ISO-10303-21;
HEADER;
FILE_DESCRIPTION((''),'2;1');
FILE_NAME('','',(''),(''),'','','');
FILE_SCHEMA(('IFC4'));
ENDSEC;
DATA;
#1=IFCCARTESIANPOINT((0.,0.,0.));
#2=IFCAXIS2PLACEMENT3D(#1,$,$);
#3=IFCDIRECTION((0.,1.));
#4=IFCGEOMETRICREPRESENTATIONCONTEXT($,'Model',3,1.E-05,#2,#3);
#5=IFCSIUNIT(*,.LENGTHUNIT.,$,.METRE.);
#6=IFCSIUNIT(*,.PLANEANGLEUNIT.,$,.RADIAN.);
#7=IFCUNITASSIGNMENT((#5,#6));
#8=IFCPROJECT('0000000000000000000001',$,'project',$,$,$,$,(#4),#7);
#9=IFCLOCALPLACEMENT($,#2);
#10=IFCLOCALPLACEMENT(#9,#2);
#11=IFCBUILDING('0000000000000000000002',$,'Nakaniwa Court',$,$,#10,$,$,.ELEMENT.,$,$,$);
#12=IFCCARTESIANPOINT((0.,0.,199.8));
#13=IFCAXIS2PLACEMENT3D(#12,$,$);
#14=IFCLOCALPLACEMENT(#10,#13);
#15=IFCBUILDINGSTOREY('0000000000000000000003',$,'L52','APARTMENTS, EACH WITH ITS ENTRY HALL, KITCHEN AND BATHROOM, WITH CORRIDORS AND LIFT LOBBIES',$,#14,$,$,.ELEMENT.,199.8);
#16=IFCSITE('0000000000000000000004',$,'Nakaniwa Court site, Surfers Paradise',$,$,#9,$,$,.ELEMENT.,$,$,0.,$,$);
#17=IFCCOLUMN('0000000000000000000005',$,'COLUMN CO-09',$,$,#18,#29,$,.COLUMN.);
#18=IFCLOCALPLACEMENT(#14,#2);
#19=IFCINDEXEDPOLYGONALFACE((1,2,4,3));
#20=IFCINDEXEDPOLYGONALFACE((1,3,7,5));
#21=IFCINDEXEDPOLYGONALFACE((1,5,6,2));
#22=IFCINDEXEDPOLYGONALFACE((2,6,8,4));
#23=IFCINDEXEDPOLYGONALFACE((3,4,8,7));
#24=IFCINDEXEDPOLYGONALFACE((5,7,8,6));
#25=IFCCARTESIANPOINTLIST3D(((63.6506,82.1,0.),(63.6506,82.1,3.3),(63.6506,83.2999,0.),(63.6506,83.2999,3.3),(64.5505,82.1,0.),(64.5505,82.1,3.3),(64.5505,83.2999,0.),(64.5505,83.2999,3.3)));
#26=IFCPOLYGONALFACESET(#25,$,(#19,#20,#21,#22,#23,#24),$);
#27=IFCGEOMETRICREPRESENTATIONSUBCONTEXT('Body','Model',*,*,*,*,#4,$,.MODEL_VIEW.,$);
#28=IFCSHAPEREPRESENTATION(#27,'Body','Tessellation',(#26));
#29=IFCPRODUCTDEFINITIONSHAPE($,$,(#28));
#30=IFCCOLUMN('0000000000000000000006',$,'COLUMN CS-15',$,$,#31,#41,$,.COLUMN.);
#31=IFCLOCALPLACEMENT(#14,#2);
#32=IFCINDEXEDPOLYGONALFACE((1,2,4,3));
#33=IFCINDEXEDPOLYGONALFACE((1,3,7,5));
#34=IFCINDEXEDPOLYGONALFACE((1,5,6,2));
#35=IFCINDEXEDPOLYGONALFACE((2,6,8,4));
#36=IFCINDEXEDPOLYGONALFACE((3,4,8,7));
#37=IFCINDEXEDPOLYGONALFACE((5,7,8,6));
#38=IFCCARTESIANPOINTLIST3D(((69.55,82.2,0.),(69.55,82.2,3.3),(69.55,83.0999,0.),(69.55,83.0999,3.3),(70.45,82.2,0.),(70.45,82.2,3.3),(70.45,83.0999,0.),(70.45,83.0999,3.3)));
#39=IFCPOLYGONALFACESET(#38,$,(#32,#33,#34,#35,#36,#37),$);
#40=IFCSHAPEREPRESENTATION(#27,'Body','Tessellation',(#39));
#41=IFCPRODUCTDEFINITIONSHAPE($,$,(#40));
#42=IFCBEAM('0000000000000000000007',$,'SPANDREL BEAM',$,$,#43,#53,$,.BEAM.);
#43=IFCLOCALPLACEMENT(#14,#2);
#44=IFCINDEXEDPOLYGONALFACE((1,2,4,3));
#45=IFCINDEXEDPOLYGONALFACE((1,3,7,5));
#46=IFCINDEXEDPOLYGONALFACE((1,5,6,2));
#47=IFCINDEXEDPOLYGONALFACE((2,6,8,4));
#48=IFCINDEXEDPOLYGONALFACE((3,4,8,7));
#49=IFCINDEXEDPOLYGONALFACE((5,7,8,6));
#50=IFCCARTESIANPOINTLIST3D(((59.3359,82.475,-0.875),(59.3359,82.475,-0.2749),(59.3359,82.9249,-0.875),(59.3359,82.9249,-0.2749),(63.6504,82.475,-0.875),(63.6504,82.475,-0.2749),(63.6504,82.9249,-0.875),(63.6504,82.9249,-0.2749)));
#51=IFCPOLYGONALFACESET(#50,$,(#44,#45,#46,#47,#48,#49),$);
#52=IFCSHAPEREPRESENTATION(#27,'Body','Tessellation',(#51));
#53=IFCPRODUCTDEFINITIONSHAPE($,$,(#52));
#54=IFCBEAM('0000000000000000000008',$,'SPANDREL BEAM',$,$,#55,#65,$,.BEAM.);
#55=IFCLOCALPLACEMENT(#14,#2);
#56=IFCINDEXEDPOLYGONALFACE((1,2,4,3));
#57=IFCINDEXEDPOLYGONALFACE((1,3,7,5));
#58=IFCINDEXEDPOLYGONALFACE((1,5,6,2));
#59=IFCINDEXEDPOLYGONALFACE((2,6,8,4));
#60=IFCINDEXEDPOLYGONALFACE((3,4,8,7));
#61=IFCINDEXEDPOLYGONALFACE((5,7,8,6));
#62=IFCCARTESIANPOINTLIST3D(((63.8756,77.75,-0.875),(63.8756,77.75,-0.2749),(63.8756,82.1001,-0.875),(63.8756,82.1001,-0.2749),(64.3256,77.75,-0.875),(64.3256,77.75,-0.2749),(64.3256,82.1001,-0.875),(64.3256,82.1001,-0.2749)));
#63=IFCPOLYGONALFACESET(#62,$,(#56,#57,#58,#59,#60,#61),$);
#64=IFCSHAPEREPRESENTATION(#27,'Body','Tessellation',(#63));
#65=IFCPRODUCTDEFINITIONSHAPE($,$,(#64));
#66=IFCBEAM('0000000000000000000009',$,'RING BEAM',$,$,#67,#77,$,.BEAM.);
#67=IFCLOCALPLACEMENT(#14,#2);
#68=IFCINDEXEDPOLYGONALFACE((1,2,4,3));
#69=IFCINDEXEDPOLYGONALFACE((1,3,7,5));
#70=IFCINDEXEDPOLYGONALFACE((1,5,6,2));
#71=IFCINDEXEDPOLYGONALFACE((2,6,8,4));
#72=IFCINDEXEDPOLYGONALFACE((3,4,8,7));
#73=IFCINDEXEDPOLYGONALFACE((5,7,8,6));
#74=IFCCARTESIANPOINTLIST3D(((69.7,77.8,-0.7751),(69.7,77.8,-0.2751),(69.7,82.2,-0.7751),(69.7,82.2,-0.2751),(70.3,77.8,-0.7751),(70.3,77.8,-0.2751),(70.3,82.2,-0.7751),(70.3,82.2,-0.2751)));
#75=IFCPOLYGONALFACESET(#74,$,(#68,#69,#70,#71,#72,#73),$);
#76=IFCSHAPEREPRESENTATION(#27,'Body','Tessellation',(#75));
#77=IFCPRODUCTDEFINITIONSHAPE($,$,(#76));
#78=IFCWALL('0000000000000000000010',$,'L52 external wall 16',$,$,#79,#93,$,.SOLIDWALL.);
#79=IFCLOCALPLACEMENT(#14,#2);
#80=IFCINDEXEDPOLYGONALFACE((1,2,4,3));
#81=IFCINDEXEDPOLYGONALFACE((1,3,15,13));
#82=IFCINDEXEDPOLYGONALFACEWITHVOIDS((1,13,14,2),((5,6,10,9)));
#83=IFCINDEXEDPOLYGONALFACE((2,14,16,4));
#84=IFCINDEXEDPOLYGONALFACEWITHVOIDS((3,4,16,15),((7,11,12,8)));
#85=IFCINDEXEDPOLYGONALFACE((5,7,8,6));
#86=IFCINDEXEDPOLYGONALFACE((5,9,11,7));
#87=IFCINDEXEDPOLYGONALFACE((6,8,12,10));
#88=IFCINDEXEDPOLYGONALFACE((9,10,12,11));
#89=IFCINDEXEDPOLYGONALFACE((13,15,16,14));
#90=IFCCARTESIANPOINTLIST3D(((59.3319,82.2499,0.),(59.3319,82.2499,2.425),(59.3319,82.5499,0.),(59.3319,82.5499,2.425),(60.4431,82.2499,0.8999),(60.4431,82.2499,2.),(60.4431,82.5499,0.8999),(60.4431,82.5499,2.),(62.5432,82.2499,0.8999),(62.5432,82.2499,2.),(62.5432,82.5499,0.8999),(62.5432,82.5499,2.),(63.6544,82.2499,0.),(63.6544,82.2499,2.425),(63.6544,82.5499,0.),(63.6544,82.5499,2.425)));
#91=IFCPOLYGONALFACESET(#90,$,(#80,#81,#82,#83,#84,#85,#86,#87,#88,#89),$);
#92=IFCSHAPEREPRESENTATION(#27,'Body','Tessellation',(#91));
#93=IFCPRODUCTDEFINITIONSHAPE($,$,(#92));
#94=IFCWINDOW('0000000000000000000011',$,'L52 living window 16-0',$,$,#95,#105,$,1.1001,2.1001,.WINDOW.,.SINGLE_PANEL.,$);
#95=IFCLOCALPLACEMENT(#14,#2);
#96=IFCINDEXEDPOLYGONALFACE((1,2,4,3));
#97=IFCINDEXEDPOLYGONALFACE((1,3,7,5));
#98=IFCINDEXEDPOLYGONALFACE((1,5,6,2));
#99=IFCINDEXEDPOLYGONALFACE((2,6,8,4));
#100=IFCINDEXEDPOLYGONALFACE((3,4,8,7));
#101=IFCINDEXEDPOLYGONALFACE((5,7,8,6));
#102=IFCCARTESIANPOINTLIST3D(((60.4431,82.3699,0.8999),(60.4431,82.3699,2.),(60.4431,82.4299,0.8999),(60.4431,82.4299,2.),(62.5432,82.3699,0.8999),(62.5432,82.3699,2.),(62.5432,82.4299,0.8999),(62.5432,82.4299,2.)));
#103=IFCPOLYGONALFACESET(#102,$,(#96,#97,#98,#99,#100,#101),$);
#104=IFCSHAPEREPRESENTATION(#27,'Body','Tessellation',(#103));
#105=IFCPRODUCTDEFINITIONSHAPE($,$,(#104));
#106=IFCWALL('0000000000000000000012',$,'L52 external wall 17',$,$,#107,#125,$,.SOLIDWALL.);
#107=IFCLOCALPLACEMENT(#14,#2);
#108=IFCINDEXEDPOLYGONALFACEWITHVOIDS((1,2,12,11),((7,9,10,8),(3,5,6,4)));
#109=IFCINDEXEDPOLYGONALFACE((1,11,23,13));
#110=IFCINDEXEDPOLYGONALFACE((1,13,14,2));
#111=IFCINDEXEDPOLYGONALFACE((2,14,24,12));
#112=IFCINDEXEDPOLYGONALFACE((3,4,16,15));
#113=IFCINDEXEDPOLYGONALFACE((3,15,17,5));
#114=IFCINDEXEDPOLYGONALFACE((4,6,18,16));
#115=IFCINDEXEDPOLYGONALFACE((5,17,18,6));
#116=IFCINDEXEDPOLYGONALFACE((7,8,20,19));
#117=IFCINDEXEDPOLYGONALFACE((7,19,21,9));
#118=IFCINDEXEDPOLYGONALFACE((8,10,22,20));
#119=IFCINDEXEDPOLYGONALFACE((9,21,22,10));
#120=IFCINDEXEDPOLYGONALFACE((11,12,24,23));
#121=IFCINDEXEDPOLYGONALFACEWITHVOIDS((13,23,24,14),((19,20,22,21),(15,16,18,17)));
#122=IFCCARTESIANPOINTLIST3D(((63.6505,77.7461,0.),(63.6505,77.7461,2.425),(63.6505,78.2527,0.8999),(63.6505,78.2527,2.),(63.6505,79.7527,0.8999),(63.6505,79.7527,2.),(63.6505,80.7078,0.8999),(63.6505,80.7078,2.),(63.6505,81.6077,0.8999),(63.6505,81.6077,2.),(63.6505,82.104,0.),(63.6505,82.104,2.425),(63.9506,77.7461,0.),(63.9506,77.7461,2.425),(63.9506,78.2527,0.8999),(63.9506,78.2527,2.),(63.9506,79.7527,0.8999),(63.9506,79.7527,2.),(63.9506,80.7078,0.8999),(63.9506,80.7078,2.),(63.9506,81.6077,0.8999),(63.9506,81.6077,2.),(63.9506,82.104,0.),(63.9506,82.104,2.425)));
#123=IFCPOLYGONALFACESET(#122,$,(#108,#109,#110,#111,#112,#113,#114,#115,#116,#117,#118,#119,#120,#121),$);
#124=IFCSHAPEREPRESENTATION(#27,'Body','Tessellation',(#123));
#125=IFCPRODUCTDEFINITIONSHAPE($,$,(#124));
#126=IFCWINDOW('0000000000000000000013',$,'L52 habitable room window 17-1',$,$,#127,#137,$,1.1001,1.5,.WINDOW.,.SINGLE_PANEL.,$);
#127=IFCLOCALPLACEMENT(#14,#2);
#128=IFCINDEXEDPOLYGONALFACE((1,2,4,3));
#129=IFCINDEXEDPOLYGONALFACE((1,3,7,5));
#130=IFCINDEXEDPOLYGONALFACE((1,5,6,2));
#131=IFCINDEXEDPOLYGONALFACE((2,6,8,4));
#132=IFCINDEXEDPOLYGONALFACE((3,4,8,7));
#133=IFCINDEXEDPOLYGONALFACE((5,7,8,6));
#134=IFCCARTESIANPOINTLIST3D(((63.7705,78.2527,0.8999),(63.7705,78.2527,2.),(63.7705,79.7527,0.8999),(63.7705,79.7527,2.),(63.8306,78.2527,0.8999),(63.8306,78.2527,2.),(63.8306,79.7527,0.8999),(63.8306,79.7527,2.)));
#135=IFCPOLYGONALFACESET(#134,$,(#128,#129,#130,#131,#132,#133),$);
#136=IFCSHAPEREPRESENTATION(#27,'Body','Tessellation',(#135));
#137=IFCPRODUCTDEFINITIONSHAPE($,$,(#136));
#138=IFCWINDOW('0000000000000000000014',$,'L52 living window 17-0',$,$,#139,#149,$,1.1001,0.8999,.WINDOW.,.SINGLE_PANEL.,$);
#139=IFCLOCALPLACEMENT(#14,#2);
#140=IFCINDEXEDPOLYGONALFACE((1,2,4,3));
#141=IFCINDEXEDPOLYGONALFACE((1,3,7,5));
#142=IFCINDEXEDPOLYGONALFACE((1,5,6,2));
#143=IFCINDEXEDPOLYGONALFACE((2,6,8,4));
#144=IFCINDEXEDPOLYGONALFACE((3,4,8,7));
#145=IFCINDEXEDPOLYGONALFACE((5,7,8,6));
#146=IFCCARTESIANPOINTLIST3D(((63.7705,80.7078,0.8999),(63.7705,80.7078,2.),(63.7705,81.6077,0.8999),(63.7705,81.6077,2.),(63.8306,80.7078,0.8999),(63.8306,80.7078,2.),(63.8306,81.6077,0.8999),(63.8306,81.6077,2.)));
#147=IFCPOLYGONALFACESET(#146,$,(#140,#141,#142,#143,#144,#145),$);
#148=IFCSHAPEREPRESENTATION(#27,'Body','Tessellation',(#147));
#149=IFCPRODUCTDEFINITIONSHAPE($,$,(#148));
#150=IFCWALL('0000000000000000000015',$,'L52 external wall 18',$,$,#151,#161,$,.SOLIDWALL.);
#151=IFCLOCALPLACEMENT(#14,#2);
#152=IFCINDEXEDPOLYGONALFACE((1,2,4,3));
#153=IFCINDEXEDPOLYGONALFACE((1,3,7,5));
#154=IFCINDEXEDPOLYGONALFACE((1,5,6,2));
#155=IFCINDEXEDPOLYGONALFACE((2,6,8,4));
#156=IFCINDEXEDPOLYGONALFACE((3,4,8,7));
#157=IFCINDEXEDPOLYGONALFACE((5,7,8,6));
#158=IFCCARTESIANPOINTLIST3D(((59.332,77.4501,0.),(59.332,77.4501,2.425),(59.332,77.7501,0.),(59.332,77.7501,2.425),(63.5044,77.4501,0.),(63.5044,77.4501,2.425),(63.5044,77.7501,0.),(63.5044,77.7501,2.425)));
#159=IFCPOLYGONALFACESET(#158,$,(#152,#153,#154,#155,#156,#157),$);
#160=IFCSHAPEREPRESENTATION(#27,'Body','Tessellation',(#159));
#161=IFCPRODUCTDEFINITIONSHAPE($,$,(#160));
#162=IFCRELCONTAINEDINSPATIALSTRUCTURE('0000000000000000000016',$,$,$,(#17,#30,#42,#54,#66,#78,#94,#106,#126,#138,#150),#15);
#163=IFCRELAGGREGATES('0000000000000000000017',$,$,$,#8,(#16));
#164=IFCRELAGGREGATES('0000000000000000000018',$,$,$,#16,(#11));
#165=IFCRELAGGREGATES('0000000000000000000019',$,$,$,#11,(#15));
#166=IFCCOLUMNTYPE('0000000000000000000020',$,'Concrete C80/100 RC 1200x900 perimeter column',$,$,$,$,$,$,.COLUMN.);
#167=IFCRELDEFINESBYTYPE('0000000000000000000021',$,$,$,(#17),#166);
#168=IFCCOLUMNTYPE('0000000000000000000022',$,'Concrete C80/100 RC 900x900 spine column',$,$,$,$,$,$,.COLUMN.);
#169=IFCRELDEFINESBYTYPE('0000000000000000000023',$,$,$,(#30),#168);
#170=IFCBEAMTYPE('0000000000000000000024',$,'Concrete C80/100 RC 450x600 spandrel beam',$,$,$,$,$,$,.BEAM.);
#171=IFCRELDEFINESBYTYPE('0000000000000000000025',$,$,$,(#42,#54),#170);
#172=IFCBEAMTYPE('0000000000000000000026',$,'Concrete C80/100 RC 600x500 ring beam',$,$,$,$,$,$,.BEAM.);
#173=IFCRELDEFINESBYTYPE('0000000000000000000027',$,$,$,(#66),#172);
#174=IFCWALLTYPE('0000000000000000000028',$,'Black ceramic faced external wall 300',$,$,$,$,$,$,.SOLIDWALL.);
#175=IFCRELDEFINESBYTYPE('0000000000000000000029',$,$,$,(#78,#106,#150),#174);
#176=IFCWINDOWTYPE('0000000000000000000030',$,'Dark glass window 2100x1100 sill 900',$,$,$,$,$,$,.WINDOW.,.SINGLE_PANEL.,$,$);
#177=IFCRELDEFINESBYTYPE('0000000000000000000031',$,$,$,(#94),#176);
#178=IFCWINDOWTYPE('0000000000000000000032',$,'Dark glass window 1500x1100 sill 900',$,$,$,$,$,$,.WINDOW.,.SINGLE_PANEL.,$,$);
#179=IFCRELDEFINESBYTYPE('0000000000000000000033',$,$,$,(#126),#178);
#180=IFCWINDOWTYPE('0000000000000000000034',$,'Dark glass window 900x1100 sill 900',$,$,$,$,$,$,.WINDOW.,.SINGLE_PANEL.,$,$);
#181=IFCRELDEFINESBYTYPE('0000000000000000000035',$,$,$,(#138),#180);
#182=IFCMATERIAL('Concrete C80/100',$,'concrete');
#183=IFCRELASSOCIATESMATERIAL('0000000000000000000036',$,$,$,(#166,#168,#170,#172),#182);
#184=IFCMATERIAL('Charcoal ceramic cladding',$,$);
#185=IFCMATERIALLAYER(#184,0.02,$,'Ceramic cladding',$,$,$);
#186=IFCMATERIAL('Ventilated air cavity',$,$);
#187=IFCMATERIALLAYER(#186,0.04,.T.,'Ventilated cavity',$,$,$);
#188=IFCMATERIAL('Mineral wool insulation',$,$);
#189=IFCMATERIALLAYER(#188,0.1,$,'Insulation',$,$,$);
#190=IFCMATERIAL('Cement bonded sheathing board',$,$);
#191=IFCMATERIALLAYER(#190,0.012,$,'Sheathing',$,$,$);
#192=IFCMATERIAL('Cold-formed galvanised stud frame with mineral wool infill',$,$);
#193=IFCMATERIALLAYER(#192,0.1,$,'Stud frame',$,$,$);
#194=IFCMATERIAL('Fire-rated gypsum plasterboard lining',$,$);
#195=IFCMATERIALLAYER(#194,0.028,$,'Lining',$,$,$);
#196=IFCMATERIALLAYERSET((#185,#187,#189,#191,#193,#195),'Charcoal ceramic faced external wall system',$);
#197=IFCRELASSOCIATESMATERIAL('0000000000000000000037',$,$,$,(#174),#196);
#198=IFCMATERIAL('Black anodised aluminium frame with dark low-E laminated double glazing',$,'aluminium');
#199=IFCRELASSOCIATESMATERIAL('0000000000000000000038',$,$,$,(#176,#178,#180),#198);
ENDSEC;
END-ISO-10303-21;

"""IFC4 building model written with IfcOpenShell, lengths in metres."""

from ifc_helpers import new_model, si_unit, direction, frame, frame_2d, origin, origin_2d, place, context, subcontext, project, spatial, rectangle, extrude, material, layer, layer_set, material_profile, profile_set, type_object, element, fill, save


model = new_model("IFC4")

# Units and contexts
model_context = context("Model", 3, precision=1e-05, world=origin(), true_north=direction((0.0, 1.0)))
body_context = subcontext(model_context, "Body", "Model", "MODEL_VIEW")
ifc_project = project(units=[si_unit("LENGTHUNIT", "METRE"), si_unit("PLANEANGLEUNIT", "RADIAN")], contexts=[model_context])

# Site, building, storey
site_placement = place(None, origin())
site = spatial("IfcSite", under=ifc_project, at=site_placement, Name="Nakaniwa Court site, Surfers Paradise", CompositionType="ELEMENT", RefElevation=0.0)
building_placement = place(site_placement, origin())
building = spatial("IfcBuilding", under=site, at=building_placement, Name="Nakaniwa Court", CompositionType="ELEMENT")
storey_placement = place(building_placement, frame((0.0, 0.0, 199.8)))
storey = spatial("IfcBuildingStorey", under=building, at=storey_placement, Name="L52", Description="APARTMENTS, EACH WITH ITS ENTRY HALL, KITCHEN AND BATHROOM, WITH CORRIDORS AND LIFT LOBBIES", CompositionType="ELEMENT", Elevation=199.8)

# Columns
ifc_material_1 = material(Name="Concrete C80/100", Category="concrete")
ifc_material_profile_1 = material_profile(ifc_material_1, rectangle(XDim=1.2, YDim=0.8999, at=origin_2d()), Name="Concrete C80/100 RC 1200x900 perimeter column")
ifc_profile_set_1 = profile_set([ifc_material_profile_1], Name="Concrete C80/100")
column_type_1 = type_object("IfcColumnType", Name="Concrete C80/100 RC 1200x900 perimeter column", PredefinedType="COLUMN", material=ifc_profile_set_1)
column_1_placement = place(storey_placement, frame((64.1006, 82.7, 0.0), z_axis=(0.0, 0.0, 1.0), x_axis=(0.0, -1.0, 0.0)))
element("IfcColumn", 1, at=column_1_placement, inside=storey, type_object=column_type_1, Name="COLUMN CO-09", PredefinedType="COLUMN", context=body_context, shape_type="SweptSolid", body=[
    extrude(rectangle(XDim=1.2, YDim=0.8999, at=origin_2d()), origin(), (0.0, 0.0, 1.0), 3.3),
])
ifc_material_profile_2 = material_profile(ifc_material_1, rectangle(XDim=0.8999, YDim=0.8999, at=origin_2d()), Name="Concrete C80/100 RC 900x900 spine column")
ifc_profile_set_2 = profile_set([ifc_material_profile_2], Name="Concrete C80/100")
column_type_2 = type_object("IfcColumnType", Name="Concrete C80/100 RC 900x900 spine column", PredefinedType="COLUMN", material=ifc_profile_set_2)
column_2_placement = place(storey_placement, frame((70.0, 82.6499, 0.0), z_axis=(0.0, 0.0, 1.0), x_axis=(0.0, -1.0, 0.0)))
element("IfcColumn", 2, at=column_2_placement, inside=storey, type_object=column_type_2, Name="COLUMN CS-15", PredefinedType="COLUMN", context=body_context, shape_type="SweptSolid", body=[
    extrude(rectangle(XDim=0.8999, YDim=0.8999, at=origin_2d()), origin(), (0.0, 0.0, 1.0), 3.3),
])

# Beams
ifc_material_profile_3 = material_profile(ifc_material_1, rectangle(XDim=0.45, YDim=0.6001, at=origin_2d()), Name="Concrete C80/100 RC 450x600 spandrel beam")
ifc_profile_set_3 = profile_set([ifc_material_profile_3], Name="Concrete C80/100")
beam_type_1 = type_object("IfcBeamType", Name="Concrete C80/100 RC 450x600 spandrel beam", PredefinedType="BEAM", material=ifc_profile_set_3)
beam_1_placement = place(storey_placement, frame((59.3359, 82.7, -0.575), z_axis=(1.0, 0.0, 0.0), x_axis=(0.0, 1.0, 0.0)))
element("IfcBeam", 3, at=beam_1_placement, inside=storey, type_object=beam_type_1, Name="SPANDREL BEAM", PredefinedType="BEAM", context=body_context, shape_type="SweptSolid", body=[
    extrude(rectangle(XDim=0.45, YDim=0.6001, at=origin_2d()), origin(), (0.0, 0.0, 1.0), 4.3145),
])
beam_2_placement = place(storey_placement, frame((64.1006, 82.1001, -0.575), z_axis=(0.0, -1.0, 0.0), x_axis=(1.0, 0.0, 0.0)))
element("IfcBeam", 4, at=beam_2_placement, inside=storey, type_object=beam_type_1, Name="SPANDREL BEAM", PredefinedType="BEAM", context=body_context, shape_type="SweptSolid", body=[
    extrude(rectangle(XDim=0.45, YDim=0.6001, at=origin_2d()), origin(), (0.0, 0.0, 1.0), 4.3501),
])
ifc_material_profile_4 = material_profile(ifc_material_1, rectangle(XDim=0.6001, YDim=0.5, at=origin_2d()), Name="Concrete C80/100 RC 600x500 ring beam")
ifc_profile_set_4 = profile_set([ifc_material_profile_4], Name="Concrete C80/100")
beam_type_2 = type_object("IfcBeamType", Name="Concrete C80/100 RC 600x500 ring beam", PredefinedType="BEAM", material=ifc_profile_set_4)
beam_3_placement = place(storey_placement, frame((70.0, 82.2, -0.5251), z_axis=(0.0, -1.0, 0.0), x_axis=(1.0, 0.0, 0.0)))
element("IfcBeam", 5, at=beam_3_placement, inside=storey, type_object=beam_type_2, Name="RING BEAM", PredefinedType="BEAM", context=body_context, shape_type="SweptSolid", body=[
    extrude(rectangle(XDim=0.6001, YDim=0.5, at=origin_2d()), origin(), (0.0, 0.0, 1.0), 4.3999),
])

# Wall, opening, window
ifc_material_2 = material(Name="Charcoal ceramic cladding")
ifc_layer_1 = layer(ifc_material_2, 0.02, Name="Ceramic cladding")
ifc_material_3 = material(Name="Ventilated air cavity")
ifc_layer_2 = layer(ifc_material_3, 0.04, ventilated=True, Name="Ventilated cavity")
ifc_material_4 = material(Name="Mineral wool insulation")
ifc_layer_3 = layer(ifc_material_4, 0.1, Name="Insulation")
ifc_material_5 = material(Name="Cement bonded sheathing board")
ifc_layer_4 = layer(ifc_material_5, 0.012, Name="Sheathing")
ifc_material_6 = material(Name="Cold-formed galvanised stud frame with mineral wool infill")
ifc_layer_5 = layer(ifc_material_6, 0.1, Name="Stud frame")
ifc_material_7 = material(Name="Fire-rated gypsum plasterboard lining")
ifc_layer_6 = layer(ifc_material_7, 0.028, Name="Lining")
ifc_layer_set_1 = layer_set([ifc_layer_1, ifc_layer_2, ifc_layer_3, ifc_layer_4, ifc_layer_5, ifc_layer_6], Name="Charcoal ceramic faced external wall system")
wall_type_1 = type_object("IfcWallType", Name="Black ceramic faced external wall 300", PredefinedType="SOLIDWALL", material=ifc_layer_set_1)
wall_1_placement = place(storey_placement, frame((59.332, 82.3999, 0.0), z_axis=(0.0, 0.0, 1.0), x_axis=(1.0, 0.0, 0.0)))
wall_1 = element("IfcWall", 6, at=wall_1_placement, inside=storey, type_object=wall_type_1, Name="L52 external wall 16", PredefinedType="SOLIDWALL", context=body_context, shape_type="SweptSolid", body=[
    extrude(rectangle(XDim=4.3225, YDim=0.3, at=frame_2d((2.1611, 0.0))), origin(), (0.0, 0.0, 1.0), 2.425),
])
opening_1_placement = place(wall_1_placement, frame((1.1111, 0.0, 0.8999)))
opening_1 = element("IfcOpeningElement", 7, at=opening_1_placement, cuts=wall_1, PredefinedType="OPENING", context=body_context, shape_type="SweptSolid", body=[
    extrude(rectangle(XDim=2.1001, YDim=1.1001, at=frame_2d((1.05, 0.55))), frame((0.0, 0.1599, 0.0), z_axis=(0.0, -1.0, 0.0), x_axis=(1.0, 0.0, 0.0)), (0.0, 0.0, 1.0), 0.3201),
])
ifc_material_8 = material(Name="Black anodised aluminium frame with dark low-E laminated double glazing", Category="aluminium")
window_type_1 = type_object("IfcWindowType", Name="Dark glass window 2100x1100 sill 900", PartitioningType="SINGLE_PANEL", PredefinedType="WINDOW", material=ifc_material_8)
window_1_placement = place(opening_1_placement, origin())
window_1 = element("IfcWindow", 8, at=window_1_placement, inside=storey, type_object=window_type_1, Name="L52 living window 16-0", OverallHeight=1.1001, OverallWidth=2.1001, PartitioningType="SINGLE_PANEL", PredefinedType="WINDOW", context=body_context, shape_type="SweptSolid", body=[
    extrude(rectangle(XDim=2.1001, YDim=1.1001, at=frame_2d((1.05, 0.55))), frame((0.0, 0.03, 0.0), z_axis=(0.0, -1.0, 0.0), x_axis=(1.0, 0.0, 0.0)), (0.0, 0.0, 1.0), 0.0601),
])
fill(opening_1, window_1)

# Wall, openings, windows
wall_2_placement = place(storey_placement, frame((63.8005, 82.104, 0.0), z_axis=(0.0, 0.0, 1.0), x_axis=(0.0, -1.0, 0.0)))
wall_2 = element("IfcWall", 9, at=wall_2_placement, inside=storey, type_object=wall_type_1, Name="L52 external wall 17", PredefinedType="SOLIDWALL", context=body_context, shape_type="SweptSolid", body=[
    extrude(rectangle(XDim=4.3579, YDim=0.3, at=frame_2d((2.179, 0.0))), origin(), (0.0, 0.0, 1.0), 2.425),
])
opening_2_placement = place(wall_2_placement, frame((0.4963, 0.0, 0.8999)))
opening_2 = element("IfcOpeningElement", 10, at=opening_2_placement, cuts=wall_2, PredefinedType="OPENING", context=body_context, shape_type="SweptSolid", body=[
    extrude(rectangle(XDim=0.8999, YDim=1.1001, at=frame_2d((0.45, 0.55))), frame((0.0, 0.1599, 0.0), z_axis=(0.0, -1.0, 0.0), x_axis=(1.0, 0.0, 0.0)), (0.0, 0.0, 1.0), 0.3201),
])
opening_3_placement = place(wall_2_placement, frame((2.3513, 0.0, 0.8999)))
opening_3 = element("IfcOpeningElement", 11, at=opening_3_placement, cuts=wall_2, PredefinedType="OPENING", context=body_context, shape_type="SweptSolid", body=[
    extrude(rectangle(XDim=1.5, YDim=1.1001, at=frame_2d((0.75, 0.55))), frame((0.0, 0.1599, 0.0), z_axis=(0.0, -1.0, 0.0), x_axis=(1.0, 0.0, 0.0)), (0.0, 0.0, 1.0), 0.3201),
])
window_type_2 = type_object("IfcWindowType", Name="Dark glass window 1500x1100 sill 900", PartitioningType="SINGLE_PANEL", PredefinedType="WINDOW", material=ifc_material_8)
window_2_placement = place(opening_3_placement, origin())
window_2 = element("IfcWindow", 12, at=window_2_placement, inside=storey, type_object=window_type_2, Name="L52 habitable room window 17-1", OverallHeight=1.1001, OverallWidth=1.5, PartitioningType="SINGLE_PANEL", PredefinedType="WINDOW", context=body_context, shape_type="SweptSolid", body=[
    extrude(rectangle(XDim=1.5, YDim=1.1001, at=frame_2d((0.75, 0.55))), frame((0.0, 0.03, 0.0), z_axis=(0.0, -1.0, 0.0), x_axis=(1.0, 0.0, 0.0)), (0.0, 0.0, 1.0), 0.0601),
])
fill(opening_3, window_2)
window_type_3 = type_object("IfcWindowType", Name="Dark glass window 900x1100 sill 900", PartitioningType="SINGLE_PANEL", PredefinedType="WINDOW", material=ifc_material_8)
window_3_placement = place(opening_2_placement, origin())
window_3 = element("IfcWindow", 13, at=window_3_placement, inside=storey, type_object=window_type_3, Name="L52 living window 17-0", OverallHeight=1.1001, OverallWidth=0.8999, PartitioningType="SINGLE_PANEL", PredefinedType="WINDOW", context=body_context, shape_type="SweptSolid", body=[
    extrude(rectangle(XDim=0.8999, YDim=1.1001, at=frame_2d((0.45, 0.55))), frame((0.0, 0.03, 0.0), z_axis=(0.0, -1.0, 0.0), x_axis=(1.0, 0.0, 0.0)), (0.0, 0.0, 1.0), 0.0601),
])
fill(opening_2, window_3)

# Wall
wall_3_placement = place(storey_placement, frame((63.5044, 77.6001, 0.0), z_axis=(0.0, 0.0, 1.0), x_axis=(-1.0, 0.0, 0.0)))
element("IfcWall", 14, at=wall_3_placement, inside=storey, type_object=wall_type_1, Name="L52 external wall 18", PredefinedType="SOLIDWALL", context=body_context, shape_type="SweptSolid", body=[
    extrude(rectangle(XDim=4.1724, YDim=0.3, at=frame_2d((2.0862, 0.0))), origin(), (0.0, 0.0, 1.0), 2.425),
])

save(model, "model.ifc")
